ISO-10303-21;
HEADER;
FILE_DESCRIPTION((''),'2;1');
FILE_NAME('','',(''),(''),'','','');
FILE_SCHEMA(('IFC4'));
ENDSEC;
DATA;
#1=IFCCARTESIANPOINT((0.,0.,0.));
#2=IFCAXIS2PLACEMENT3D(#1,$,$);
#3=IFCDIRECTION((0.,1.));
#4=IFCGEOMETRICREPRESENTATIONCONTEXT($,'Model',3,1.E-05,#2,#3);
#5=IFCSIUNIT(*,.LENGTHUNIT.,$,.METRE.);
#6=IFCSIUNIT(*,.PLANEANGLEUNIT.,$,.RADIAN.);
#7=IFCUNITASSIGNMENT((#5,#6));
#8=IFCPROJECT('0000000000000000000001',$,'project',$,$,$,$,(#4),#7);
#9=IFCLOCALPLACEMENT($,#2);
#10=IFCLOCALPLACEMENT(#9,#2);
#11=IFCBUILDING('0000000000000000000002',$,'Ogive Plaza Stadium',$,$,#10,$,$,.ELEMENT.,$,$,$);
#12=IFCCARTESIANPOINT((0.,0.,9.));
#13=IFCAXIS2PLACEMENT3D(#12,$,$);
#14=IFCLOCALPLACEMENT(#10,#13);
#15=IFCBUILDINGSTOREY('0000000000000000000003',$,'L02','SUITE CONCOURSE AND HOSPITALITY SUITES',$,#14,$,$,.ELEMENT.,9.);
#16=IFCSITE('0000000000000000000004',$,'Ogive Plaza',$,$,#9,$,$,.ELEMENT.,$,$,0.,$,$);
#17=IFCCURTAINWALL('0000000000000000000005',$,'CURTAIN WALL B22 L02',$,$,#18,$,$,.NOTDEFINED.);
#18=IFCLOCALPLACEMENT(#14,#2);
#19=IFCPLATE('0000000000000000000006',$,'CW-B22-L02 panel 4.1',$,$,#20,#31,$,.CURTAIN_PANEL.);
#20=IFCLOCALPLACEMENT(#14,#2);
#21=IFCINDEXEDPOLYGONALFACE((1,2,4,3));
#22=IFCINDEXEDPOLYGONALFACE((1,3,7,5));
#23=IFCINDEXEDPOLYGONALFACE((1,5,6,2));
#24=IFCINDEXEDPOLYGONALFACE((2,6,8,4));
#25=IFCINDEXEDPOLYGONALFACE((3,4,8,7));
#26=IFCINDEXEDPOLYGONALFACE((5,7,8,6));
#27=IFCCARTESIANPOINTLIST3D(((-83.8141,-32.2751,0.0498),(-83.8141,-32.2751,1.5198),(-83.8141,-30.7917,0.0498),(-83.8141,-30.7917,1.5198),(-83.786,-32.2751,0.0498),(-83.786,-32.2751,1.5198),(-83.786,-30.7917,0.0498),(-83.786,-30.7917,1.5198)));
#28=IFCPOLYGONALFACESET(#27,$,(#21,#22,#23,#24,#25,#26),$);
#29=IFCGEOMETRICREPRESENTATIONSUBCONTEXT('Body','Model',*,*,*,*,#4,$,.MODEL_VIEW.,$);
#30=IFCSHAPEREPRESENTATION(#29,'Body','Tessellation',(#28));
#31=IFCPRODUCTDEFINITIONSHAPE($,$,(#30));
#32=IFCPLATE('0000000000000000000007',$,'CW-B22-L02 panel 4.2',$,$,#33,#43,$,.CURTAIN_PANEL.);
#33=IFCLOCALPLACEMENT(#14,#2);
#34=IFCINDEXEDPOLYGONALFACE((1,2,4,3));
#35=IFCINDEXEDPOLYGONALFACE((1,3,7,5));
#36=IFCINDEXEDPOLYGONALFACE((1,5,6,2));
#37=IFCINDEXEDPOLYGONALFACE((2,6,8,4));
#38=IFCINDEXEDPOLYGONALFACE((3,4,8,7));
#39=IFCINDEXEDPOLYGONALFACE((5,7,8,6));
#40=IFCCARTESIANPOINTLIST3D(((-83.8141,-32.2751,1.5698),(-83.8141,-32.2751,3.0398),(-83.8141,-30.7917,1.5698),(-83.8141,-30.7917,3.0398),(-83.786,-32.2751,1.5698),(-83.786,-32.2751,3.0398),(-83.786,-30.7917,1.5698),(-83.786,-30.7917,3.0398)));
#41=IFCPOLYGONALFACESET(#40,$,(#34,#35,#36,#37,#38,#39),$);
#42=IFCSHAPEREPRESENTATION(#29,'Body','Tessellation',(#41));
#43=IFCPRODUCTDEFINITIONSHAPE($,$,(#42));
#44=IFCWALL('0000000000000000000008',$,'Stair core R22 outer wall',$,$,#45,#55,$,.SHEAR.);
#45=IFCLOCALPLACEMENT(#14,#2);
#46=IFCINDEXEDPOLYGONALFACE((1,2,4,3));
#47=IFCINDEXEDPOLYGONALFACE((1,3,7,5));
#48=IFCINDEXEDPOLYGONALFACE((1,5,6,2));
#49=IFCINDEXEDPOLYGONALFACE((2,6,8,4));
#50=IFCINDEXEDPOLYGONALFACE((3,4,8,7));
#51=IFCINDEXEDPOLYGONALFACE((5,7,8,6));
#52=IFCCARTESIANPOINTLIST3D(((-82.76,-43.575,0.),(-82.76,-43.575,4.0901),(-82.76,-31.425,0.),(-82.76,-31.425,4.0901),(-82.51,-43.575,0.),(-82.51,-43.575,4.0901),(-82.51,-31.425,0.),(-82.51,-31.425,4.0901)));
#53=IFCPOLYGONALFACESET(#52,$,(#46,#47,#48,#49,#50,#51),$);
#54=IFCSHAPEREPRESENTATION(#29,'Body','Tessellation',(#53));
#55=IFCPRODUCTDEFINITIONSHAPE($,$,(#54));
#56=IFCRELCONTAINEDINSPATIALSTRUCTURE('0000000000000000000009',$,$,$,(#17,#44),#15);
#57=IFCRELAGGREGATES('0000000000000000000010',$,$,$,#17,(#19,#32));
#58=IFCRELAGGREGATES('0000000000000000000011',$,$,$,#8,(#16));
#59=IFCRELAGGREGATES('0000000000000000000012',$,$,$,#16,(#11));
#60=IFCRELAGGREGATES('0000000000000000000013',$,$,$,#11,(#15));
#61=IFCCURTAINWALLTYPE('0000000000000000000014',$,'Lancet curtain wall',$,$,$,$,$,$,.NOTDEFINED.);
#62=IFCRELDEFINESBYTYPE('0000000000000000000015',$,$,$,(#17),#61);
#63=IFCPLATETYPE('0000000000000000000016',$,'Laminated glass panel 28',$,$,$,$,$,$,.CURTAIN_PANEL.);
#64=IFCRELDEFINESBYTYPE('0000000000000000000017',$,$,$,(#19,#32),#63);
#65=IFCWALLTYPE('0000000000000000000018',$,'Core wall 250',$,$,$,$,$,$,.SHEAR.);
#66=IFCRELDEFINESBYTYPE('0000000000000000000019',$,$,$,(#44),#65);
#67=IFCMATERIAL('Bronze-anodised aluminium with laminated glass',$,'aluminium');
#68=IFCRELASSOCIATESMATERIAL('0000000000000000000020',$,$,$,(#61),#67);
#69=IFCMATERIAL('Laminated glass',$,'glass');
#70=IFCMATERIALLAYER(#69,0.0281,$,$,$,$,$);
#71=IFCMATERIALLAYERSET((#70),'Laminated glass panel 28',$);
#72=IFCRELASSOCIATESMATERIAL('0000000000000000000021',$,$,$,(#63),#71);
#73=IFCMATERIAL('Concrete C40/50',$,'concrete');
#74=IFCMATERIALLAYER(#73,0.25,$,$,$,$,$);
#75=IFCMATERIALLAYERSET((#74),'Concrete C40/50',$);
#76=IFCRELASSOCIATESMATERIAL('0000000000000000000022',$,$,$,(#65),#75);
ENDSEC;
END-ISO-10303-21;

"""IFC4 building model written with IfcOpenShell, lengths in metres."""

from ifc_helpers import new_model, si_unit, direction, frame, frame_2d, origin, origin_2d, place, context, subcontext, project, spatial, rectangle, extrude, material, layer, layer_set, type_object, element, aggregate, save


model = new_model("IFC4")

# Units and contexts
model_context = context("Model", 3, precision=1e-05, world=origin(), true_north=direction((0.0, 1.0)))
body_context = subcontext(model_context, "Body", "Model", "MODEL_VIEW")
ifc_project = project(units=[si_unit("LENGTHUNIT", "METRE"), si_unit("PLANEANGLEUNIT", "RADIAN")], contexts=[model_context])

# Site, building, storey
site_placement = place(None, origin())
site = spatial("IfcSite", under=ifc_project, at=site_placement, Name="Ogive Plaza", CompositionType="ELEMENT", RefElevation=0.0)
building_placement = place(site_placement, origin())
building = spatial("IfcBuilding", under=site, at=building_placement, Name="Ogive Plaza Stadium", CompositionType="ELEMENT")
storey_placement = place(building_placement, frame((0.0, 0.0, 9.0)))
storey = spatial("IfcBuildingStorey", under=building, at=storey_placement, Name="L02", Description="SUITE CONCOURSE AND HOSPITALITY SUITES", CompositionType="ELEMENT", Elevation=9.0)

# Shared definitions
ifc_material_1 = material(Name="Bronze-anodised aluminium with laminated glass", Category="aluminium")
curtain_wall_type = type_object("IfcCurtainWallType", Name="Lancet curtain wall", PredefinedType="NOTDEFINED", material=ifc_material_1)

# Curtain wall
curtain_wall_1_placement = place(storey_placement, origin())
curtain_wall_1 = element("IfcCurtainWall", 1, at=curtain_wall_1_placement, inside=storey, type_object=curtain_wall_type, Name="CURTAIN WALL B22 L02", PredefinedType="NOTDEFINED")

# Plates
ifc_material_2 = material(Name="Laminated glass", Category="glass")
ifc_layer_1 = layer(ifc_material_2, 0.0281)
ifc_layer_set_1 = layer_set([ifc_layer_1], Name="Laminated glass panel 28")
plate_type = type_object("IfcPlateType", Name="Laminated glass panel 28", PredefinedType="CURTAIN_PANEL", material=ifc_layer_set_1)
plate_1_placement = place(storey_placement, frame((-83.8, -31.5334, 0.0498), z_axis=(0.0, 0.0, 1.0), x_axis=(0.0, 1.0, 0.0)))
plate_1 = element("IfcPlate", 2, at=plate_1_placement, type_object=plate_type, Name="CW-B22-L02 panel 4.1", PredefinedType="CURTAIN_PANEL", context=body_context, shape_type="SweptSolid", body=[
    extrude(rectangle(XDim=1.4834, YDim=0.0281, at=origin_2d()), origin(), (0.0, 0.0, 1.0), 1.47),
])
plate_2_placement = place(storey_placement, frame((-83.8, -31.5334, 1.5698), z_axis=(0.0, 0.0, 1.0), x_axis=(0.0, 1.0, 0.0)))
plate_2 = element("IfcPlate", 3, at=plate_2_placement, type_object=plate_type, Name="CW-B22-L02 panel 4.2", PredefinedType="CURTAIN_PANEL", context=body_context, shape_type="SweptSolid", body=[
    extrude(rectangle(XDim=1.4834, YDim=0.0281, at=origin_2d()), origin(), (0.0, 0.0, 1.0), 1.47),
])
aggregate(curtain_wall_1, [plate_1, plate_2])

# Wall
ifc_material_3 = material(Name="Concrete C40/50", Category="concrete")
ifc_layer_2 = layer(ifc_material_3, 0.25)
ifc_layer_set_2 = layer_set([ifc_layer_2], Name="Concrete C40/50")
wall_type = type_object("IfcWallType", Name="Core wall 250", PredefinedType="SHEAR", material=ifc_layer_set_2)
wall_placement = place(storey_placement, frame((-82.635, -31.425, 0.0), z_axis=(0.0, 0.0, 1.0), x_axis=(0.0, -1.0, 0.0)))
element("IfcWall", 4, at=wall_placement, inside=storey, type_object=wall_type, Name="Stair core R22 outer wall", PredefinedType="SHEAR", context=body_context, shape_type="SweptSolid", body=[
    extrude(rectangle(XDim=12.1499, YDim=0.25, at=frame_2d((6.075, 0.0))), origin(), (0.0, 0.0, 1.0), 4.0901),
])

save(model, "model.ifc")
